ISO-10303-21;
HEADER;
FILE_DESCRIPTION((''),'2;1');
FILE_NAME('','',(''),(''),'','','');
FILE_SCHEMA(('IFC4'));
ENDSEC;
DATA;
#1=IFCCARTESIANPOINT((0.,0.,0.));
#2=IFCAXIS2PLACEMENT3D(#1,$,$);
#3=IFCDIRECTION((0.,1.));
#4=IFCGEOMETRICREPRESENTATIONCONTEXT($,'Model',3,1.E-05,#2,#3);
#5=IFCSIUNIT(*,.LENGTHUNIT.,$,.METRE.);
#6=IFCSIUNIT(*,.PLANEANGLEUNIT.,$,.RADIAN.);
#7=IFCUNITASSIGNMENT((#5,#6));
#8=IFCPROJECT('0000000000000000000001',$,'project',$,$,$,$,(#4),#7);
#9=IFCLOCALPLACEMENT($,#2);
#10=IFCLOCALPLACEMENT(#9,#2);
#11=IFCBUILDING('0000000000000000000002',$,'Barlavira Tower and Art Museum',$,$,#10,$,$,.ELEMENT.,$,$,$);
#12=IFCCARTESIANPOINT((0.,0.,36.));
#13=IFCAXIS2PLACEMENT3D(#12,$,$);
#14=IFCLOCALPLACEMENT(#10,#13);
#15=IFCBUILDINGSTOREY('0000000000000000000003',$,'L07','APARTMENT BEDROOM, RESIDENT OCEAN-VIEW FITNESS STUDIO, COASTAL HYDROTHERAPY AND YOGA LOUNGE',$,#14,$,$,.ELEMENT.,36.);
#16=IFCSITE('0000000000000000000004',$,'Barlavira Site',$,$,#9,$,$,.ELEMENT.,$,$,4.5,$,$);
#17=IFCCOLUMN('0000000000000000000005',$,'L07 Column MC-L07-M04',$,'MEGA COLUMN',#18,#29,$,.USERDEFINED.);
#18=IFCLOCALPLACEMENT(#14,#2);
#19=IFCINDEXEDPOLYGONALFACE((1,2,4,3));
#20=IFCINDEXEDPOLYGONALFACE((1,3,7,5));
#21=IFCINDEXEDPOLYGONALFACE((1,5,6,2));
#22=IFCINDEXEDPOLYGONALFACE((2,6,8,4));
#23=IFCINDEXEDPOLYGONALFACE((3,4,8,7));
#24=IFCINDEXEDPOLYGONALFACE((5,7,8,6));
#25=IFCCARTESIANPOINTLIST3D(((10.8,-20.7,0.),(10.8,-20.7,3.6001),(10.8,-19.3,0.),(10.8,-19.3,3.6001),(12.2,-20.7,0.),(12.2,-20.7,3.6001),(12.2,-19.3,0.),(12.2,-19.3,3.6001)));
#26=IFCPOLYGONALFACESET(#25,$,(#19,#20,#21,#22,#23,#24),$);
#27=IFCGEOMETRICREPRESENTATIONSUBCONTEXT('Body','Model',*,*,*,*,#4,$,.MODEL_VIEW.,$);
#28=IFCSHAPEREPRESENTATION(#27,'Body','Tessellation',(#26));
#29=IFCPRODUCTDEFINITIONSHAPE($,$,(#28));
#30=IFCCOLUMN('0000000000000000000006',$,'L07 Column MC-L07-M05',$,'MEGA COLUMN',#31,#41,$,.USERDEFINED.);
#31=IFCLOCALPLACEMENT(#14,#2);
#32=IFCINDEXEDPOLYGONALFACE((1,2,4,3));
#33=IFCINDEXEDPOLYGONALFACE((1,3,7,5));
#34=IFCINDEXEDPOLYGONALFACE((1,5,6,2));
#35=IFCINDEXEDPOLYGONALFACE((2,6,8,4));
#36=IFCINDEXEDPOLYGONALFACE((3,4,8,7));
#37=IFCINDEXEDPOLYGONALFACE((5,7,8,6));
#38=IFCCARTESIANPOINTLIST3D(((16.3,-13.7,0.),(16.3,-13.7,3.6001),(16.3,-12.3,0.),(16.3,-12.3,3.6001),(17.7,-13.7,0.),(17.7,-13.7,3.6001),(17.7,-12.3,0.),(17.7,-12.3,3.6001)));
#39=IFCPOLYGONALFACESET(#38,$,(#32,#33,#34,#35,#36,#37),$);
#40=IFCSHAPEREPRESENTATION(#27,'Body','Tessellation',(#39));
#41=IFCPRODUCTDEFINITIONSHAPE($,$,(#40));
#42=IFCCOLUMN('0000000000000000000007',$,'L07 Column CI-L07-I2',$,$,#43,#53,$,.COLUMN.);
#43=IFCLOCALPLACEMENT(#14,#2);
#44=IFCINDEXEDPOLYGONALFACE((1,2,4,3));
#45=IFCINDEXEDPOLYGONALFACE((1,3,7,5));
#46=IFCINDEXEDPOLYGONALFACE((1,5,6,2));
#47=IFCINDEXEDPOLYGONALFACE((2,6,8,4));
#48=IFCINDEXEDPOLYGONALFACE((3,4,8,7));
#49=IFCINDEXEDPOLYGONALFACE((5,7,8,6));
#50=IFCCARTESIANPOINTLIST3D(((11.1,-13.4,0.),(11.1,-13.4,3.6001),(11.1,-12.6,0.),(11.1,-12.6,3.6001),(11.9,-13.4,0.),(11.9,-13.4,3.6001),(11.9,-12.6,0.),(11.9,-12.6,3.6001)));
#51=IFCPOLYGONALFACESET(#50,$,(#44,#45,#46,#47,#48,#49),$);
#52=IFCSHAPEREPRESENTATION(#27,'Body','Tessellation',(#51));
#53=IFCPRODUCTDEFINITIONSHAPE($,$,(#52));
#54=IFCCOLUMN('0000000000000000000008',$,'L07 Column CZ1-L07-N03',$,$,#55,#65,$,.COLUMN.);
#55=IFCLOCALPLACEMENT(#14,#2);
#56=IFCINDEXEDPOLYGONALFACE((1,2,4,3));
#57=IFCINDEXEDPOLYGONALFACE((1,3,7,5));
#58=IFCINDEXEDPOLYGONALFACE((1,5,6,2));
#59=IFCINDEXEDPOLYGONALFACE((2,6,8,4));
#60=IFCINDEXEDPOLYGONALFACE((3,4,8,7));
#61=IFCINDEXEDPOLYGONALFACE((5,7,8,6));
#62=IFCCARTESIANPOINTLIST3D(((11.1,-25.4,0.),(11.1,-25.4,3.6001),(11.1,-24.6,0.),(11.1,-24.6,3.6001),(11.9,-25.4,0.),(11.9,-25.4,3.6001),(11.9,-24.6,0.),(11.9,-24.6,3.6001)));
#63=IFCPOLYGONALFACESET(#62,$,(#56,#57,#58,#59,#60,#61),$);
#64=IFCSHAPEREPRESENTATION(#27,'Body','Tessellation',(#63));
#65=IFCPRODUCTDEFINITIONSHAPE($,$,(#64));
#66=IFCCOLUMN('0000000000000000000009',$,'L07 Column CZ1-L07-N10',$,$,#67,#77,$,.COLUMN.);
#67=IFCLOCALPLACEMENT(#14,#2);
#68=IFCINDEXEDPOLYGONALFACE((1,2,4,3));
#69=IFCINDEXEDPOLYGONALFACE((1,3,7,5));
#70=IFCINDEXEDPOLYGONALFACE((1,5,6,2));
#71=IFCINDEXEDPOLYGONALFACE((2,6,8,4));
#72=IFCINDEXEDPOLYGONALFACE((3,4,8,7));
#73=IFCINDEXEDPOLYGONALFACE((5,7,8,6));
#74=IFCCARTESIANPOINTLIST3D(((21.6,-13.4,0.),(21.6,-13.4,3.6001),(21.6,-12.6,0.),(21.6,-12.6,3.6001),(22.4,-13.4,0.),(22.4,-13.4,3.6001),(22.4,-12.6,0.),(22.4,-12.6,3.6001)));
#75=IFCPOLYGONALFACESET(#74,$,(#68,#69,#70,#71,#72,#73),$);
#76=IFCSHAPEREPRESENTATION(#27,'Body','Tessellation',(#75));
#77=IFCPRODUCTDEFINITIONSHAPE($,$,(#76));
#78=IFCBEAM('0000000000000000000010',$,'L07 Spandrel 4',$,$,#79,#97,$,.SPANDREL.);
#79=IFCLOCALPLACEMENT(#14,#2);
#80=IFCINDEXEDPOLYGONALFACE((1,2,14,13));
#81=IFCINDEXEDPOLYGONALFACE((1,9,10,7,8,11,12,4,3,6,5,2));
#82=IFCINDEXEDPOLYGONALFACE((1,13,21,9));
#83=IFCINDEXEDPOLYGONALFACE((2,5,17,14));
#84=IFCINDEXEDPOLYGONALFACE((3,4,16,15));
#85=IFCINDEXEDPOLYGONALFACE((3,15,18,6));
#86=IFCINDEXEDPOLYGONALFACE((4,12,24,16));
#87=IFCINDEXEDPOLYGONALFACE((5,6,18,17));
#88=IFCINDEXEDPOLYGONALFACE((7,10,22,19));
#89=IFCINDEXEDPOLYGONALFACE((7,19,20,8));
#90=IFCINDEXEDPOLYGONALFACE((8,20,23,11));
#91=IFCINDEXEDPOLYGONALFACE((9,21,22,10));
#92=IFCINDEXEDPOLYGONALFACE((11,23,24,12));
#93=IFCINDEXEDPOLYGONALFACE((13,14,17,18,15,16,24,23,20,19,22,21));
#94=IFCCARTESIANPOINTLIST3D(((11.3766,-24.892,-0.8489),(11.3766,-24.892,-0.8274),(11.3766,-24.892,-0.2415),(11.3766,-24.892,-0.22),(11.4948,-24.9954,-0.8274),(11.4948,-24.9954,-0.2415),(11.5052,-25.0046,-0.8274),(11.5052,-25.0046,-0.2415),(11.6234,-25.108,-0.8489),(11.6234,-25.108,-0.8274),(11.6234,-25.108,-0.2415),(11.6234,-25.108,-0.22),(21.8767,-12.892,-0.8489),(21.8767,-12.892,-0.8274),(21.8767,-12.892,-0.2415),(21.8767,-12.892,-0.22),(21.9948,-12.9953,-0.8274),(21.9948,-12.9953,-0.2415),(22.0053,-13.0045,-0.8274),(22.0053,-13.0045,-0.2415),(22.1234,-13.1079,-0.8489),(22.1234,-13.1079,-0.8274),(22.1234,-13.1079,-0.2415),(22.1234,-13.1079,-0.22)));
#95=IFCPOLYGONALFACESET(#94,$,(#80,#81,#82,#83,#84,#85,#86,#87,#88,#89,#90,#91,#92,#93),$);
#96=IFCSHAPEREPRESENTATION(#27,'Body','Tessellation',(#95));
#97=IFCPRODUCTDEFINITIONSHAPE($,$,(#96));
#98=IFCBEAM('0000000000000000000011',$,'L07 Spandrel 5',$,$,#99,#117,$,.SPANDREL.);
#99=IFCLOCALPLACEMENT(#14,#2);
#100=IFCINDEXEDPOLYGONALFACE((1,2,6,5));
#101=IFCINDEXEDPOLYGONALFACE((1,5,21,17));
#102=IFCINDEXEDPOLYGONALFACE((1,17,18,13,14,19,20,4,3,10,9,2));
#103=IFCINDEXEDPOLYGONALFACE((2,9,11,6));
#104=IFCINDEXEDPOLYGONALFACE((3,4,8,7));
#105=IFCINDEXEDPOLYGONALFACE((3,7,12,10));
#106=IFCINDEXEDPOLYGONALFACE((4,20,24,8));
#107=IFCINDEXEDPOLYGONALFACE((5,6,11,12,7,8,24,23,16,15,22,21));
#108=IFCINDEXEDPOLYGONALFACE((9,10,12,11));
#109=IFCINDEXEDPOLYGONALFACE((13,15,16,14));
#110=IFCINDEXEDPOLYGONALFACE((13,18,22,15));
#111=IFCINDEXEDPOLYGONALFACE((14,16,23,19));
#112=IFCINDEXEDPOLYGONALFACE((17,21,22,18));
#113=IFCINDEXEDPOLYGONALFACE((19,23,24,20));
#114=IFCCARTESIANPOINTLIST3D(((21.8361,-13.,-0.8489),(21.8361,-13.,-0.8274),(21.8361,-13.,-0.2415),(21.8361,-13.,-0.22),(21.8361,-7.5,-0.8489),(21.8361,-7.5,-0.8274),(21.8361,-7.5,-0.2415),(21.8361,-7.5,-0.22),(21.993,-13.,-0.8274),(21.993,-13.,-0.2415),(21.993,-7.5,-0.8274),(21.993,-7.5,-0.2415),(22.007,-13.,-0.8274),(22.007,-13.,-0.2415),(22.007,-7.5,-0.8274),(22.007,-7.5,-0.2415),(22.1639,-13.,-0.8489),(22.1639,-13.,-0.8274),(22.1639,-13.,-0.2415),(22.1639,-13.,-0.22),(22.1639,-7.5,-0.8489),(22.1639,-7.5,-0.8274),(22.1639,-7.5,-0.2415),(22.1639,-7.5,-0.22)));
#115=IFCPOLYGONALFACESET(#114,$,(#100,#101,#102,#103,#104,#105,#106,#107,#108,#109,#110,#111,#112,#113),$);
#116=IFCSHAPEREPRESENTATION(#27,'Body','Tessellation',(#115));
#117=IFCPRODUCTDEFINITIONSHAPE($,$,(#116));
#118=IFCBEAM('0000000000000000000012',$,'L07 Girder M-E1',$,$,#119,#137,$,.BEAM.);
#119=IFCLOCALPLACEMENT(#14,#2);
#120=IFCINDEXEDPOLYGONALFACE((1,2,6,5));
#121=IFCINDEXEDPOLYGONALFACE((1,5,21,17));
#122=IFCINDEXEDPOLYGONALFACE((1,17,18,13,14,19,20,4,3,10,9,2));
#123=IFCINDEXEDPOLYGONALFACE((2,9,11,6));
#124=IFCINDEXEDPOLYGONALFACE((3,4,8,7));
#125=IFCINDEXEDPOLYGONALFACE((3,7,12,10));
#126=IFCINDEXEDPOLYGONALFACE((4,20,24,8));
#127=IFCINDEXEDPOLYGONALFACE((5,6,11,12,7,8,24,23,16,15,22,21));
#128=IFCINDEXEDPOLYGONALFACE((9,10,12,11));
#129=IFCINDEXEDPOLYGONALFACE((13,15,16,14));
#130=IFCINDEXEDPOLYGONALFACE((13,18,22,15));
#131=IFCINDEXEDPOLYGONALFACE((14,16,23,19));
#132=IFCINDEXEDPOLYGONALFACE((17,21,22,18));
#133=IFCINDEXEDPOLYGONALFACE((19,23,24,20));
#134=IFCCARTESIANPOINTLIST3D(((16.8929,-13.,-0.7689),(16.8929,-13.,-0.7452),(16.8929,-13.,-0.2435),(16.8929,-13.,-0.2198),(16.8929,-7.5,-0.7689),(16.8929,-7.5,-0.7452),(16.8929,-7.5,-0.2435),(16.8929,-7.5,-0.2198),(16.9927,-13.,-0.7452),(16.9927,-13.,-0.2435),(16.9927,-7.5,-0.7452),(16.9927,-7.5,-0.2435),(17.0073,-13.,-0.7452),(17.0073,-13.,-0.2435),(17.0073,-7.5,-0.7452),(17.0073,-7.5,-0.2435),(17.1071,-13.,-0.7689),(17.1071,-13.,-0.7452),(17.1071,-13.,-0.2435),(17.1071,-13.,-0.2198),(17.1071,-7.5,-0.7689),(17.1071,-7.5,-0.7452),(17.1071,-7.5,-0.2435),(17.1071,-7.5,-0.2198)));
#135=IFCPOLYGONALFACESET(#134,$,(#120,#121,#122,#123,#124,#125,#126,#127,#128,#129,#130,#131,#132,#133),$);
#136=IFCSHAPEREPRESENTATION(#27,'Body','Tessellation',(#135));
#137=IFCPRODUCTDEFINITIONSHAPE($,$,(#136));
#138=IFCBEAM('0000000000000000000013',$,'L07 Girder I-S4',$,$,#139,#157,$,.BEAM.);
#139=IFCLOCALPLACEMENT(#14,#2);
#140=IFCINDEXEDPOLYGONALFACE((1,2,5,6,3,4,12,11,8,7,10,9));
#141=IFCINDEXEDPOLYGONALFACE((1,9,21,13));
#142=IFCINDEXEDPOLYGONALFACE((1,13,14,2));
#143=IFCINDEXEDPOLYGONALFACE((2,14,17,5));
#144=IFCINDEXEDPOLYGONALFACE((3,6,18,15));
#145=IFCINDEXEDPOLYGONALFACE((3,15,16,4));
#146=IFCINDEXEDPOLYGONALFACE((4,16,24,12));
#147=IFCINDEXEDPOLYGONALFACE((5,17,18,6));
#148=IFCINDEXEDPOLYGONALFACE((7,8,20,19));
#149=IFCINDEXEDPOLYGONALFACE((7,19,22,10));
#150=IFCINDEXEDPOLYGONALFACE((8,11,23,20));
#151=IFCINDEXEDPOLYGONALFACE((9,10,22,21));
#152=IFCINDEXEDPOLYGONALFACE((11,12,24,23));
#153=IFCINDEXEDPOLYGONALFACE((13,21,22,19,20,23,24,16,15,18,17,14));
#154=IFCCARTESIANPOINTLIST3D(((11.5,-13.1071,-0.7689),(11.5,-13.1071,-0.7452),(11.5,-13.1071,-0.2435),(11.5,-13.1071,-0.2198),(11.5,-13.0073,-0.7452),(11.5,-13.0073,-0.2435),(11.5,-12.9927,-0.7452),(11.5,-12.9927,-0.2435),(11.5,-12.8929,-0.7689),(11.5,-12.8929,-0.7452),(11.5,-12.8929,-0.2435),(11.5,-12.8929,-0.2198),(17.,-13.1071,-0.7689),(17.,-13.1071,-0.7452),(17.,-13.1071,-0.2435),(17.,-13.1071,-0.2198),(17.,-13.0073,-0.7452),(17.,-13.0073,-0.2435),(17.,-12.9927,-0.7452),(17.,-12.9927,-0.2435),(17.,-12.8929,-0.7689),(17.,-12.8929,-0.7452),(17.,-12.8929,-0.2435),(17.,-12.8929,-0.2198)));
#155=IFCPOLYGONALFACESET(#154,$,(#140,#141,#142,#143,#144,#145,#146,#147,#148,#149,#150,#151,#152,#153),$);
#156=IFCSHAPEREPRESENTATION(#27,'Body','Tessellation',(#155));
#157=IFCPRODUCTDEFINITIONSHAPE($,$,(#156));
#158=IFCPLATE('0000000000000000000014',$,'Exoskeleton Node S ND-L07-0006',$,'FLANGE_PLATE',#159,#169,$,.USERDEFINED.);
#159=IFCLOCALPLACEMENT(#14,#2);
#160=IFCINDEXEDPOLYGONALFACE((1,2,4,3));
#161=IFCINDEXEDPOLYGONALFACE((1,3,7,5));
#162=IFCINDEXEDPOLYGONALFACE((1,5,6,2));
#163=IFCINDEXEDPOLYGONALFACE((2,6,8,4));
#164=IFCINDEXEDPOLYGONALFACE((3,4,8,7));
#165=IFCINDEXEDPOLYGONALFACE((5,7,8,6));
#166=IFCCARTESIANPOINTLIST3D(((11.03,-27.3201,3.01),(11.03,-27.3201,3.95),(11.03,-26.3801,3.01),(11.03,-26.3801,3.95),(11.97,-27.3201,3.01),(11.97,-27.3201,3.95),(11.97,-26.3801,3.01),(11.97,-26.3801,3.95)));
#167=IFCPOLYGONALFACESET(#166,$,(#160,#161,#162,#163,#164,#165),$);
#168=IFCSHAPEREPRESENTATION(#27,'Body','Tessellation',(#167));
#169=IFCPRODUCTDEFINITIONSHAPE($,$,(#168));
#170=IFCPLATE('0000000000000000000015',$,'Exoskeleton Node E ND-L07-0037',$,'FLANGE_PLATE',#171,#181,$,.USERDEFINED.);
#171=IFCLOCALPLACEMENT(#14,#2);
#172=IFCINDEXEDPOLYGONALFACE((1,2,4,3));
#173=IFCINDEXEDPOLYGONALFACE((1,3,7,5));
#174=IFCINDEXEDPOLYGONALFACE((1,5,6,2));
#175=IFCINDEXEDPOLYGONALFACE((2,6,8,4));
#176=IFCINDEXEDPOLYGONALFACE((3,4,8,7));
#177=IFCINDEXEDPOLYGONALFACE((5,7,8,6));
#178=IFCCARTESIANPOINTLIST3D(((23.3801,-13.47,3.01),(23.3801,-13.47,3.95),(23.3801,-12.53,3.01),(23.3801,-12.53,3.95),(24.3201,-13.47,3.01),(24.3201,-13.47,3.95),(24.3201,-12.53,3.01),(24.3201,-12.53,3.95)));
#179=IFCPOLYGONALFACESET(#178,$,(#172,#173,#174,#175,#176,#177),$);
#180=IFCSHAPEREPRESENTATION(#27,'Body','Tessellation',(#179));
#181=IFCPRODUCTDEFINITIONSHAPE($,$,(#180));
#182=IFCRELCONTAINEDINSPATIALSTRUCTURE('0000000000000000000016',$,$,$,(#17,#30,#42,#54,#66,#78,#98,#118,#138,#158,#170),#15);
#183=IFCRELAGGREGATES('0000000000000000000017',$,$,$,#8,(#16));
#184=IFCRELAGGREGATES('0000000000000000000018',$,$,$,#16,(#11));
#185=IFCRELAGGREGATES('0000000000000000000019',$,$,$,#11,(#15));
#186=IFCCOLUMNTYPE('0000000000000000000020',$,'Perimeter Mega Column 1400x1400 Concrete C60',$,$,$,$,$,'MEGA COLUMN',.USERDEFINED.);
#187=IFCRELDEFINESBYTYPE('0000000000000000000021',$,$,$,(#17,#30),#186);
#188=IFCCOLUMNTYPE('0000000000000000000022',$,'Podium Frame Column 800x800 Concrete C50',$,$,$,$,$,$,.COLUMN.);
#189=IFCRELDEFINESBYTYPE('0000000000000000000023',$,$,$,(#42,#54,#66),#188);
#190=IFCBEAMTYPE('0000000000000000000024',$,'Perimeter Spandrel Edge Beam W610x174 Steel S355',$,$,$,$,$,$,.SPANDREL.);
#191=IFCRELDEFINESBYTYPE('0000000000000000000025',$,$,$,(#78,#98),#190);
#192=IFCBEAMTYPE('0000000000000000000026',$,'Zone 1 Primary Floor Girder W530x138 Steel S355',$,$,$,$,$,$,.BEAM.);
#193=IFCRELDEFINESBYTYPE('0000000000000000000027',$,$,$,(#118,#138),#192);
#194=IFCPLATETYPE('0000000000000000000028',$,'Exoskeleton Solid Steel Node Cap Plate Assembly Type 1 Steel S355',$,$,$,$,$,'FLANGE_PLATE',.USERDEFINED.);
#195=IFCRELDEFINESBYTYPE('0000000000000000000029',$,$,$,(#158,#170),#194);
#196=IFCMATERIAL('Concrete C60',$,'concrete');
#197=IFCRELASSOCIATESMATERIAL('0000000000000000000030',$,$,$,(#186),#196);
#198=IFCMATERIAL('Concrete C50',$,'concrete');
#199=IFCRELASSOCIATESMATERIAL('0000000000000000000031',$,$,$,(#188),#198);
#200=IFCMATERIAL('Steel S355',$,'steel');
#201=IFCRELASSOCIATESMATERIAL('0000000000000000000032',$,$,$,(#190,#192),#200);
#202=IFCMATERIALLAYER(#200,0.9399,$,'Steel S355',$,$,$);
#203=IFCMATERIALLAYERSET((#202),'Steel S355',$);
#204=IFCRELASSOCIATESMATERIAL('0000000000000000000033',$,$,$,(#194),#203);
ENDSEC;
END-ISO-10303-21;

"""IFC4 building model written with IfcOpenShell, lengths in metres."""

from ifc_helpers import new_model, si_unit, direction, frame, origin, origin_2d, place, context, subcontext, project, spatial, rectangle, i_section, extrude, material, layer, layer_set, material_profile, profile_set, type_object, element, save


model = new_model("IFC4")

# Units and contexts
model_context = context("Model", 3, precision=1e-05, world=origin(), true_north=direction((0.0, 1.0)))
body_context = subcontext(model_context, "Body", "Model", "MODEL_VIEW")
ifc_project = project(units=[si_unit("LENGTHUNIT", "METRE"), si_unit("PLANEANGLEUNIT", "RADIAN")], contexts=[model_context])

# Site, building, storey
site_placement = place(None, origin())
site = spatial("IfcSite", under=ifc_project, at=site_placement, Name="Barlavira Site", CompositionType="ELEMENT", RefElevation=4.5)
building_placement = place(site_placement, origin())
building = spatial("IfcBuilding", under=site, at=building_placement, Name="Barlavira Tower and Art Museum", CompositionType="ELEMENT")
storey_placement = place(building_placement, frame((0.0, 0.0, 36.0)))
storey = spatial("IfcBuildingStorey", under=building, at=storey_placement, Name="L07", Description="APARTMENT BEDROOM, RESIDENT OCEAN-VIEW FITNESS STUDIO, COASTAL HYDROTHERAPY AND YOGA LOUNGE", CompositionType="ELEMENT", Elevation=36.0)

# Columns
ifc_material_1 = material(Name="Concrete C60", Category="concrete")
ifc_material_profile_1 = material_profile(ifc_material_1, rectangle(XDim=1.3999, YDim=1.3999, at=origin_2d()), Name="RC-MCOL 1400x1400")
ifc_profile_set_1 = profile_set([ifc_material_profile_1], Name="Concrete C60")
column_type_1 = type_object("IfcColumnType", Name="Perimeter Mega Column 1400x1400 Concrete C60", ElementType="MEGA COLUMN", PredefinedType="USERDEFINED", material=ifc_profile_set_1)
for number, where, z_axis, x_axis, name in (
    (1, (11.5, -20.0, 0.0), (0.0, 0.0, 1.0), (1.0, 0.0, 0.0), "L07 Column MC-L07-M04"),
    (2, (17.0, -13.0, 0.0), (0.0, 0.0, 1.0), (1.0, 0.0, 0.0), "L07 Column MC-L07-M05"),
):
    element("IfcColumn", number, at=place(storey_placement, frame(where, z_axis=z_axis, x_axis=x_axis)), inside=storey, type_object=column_type_1, Name=name, ObjectType="MEGA COLUMN", PredefinedType="USERDEFINED", context=body_context, shape_type="SweptSolid", body=[
        extrude(rectangle(XDim=1.3999, YDim=1.3999, at=origin_2d()), origin(), (0.0, 0.0, 1.0), 3.6001),
    ])
ifc_material_2 = material(Name="Concrete C50", Category="concrete")
ifc_material_profile_2 = material_profile(ifc_material_2, rectangle(XDim=0.8, YDim=0.8, at=origin_2d()), Name="RC-COL 800x800")
ifc_profile_set_2 = profile_set([ifc_material_profile_2], Name="Concrete C50")
column_type_2 = type_object("IfcColumnType", Name="Podium Frame Column 800x800 Concrete C50", PredefinedType="COLUMN", material=ifc_profile_set_2)
for number, where, z_axis, x_axis, name in (
    (3, (11.5, -13.0, 0.0), (0.0, 0.0, 1.0), (1.0, 0.0, 0.0), "L07 Column CI-L07-I2"),
    (4, (11.5, -25.0, 0.0), (0.0, 0.0, 1.0), (1.0, 0.0, 0.0), "L07 Column CZ1-L07-N03"),
    (5, (22.0, -13.0, 0.0), (0.0, 0.0, 1.0), (1.0, 0.0, 0.0), "L07 Column CZ1-L07-N10"),
):
    element("IfcColumn", number, at=place(storey_placement, frame(where, z_axis=z_axis, x_axis=x_axis)), inside=storey, type_object=column_type_2, Name=name, PredefinedType="COLUMN", context=body_context, shape_type="SweptSolid", body=[
        extrude(rectangle(XDim=0.8, YDim=0.8, at=origin_2d()), origin(), (0.0, 0.0, 1.0), 3.6001),
    ])

# Beams
ifc_material_3 = material(Name="Steel S355", Category="steel")
ifc_material_profile_3 = material_profile(ifc_material_3, i_section(OverallWidth=0.3279, OverallDepth=0.6289, WebThickness=0.0139, FlangeThickness=0.0215, at=origin_2d()), Name="W610x174.0")
ifc_profile_set_3 = profile_set([ifc_material_profile_3], Name="Steel S355")
beam_type_1 = type_object("IfcBeamType", Name="Perimeter Spandrel Edge Beam W610x174 Steel S355", PredefinedType="SPANDREL", material=ifc_profile_set_3)
beam_1_placement = place(storey_placement, frame((11.5, -25.0, -0.5344), z_axis=(0.658505, 0.752577, 0.0), x_axis=(-0.752577, 0.658505, 0.0)))
element("IfcBeam", 6, at=beam_1_placement, inside=storey, type_object=beam_type_1, Name="L07 Spandrel 4", PredefinedType="SPANDREL", context=body_context, shape_type="SweptSolid", body=[
    extrude(i_section(OverallWidth=0.3279, OverallDepth=0.6289, WebThickness=0.0139, FlangeThickness=0.0215, at=origin_2d()), origin(), (0.0, 0.0, 1.0), 15.9453),
])
beam_2_placement = place(storey_placement, frame((22.0, -13.0, -0.5344), z_axis=(0.0, 1.0, 0.0), x_axis=(-1.0, 0.0, 0.0)))
element("IfcBeam", 7, at=beam_2_placement, inside=storey, type_object=beam_type_1, Name="L07 Spandrel 5", PredefinedType="SPANDREL", context=body_context, shape_type="SweptSolid", body=[
    extrude(i_section(OverallWidth=0.3279, OverallDepth=0.6289, WebThickness=0.0139, FlangeThickness=0.0215, at=origin_2d()), origin(), (0.0, 0.0, 1.0), 5.5),
])
ifc_material_profile_4 = material_profile(ifc_material_3, i_section(OverallWidth=0.2141, OverallDepth=0.5491, WebThickness=0.0146, FlangeThickness=0.0237, at=origin_2d()), Name="W530x138.0")
ifc_profile_set_4 = profile_set([ifc_material_profile_4], Name="Steel S355")
beam_type_2 = type_object("IfcBeamType", Name="Zone 1 Primary Floor Girder W530x138 Steel S355", PredefinedType="BEAM", material=ifc_profile_set_4)
for number, where, z_axis, x_axis, name in (
    (8, (17.0, -13.0, -0.4944), (0.0, 1.0, 0.0), (-1.0, 0.0, 0.0), "L07 Girder M-E1"),
    (9, (11.5, -13.0, -0.4944), (1.0, 0.0, 0.0), (0.0, 1.0, 0.0), "L07 Girder I-S4"),
):
    element("IfcBeam", number, at=place(storey_placement, frame(where, z_axis=z_axis, x_axis=x_axis)), inside=storey, type_object=beam_type_2, Name=name, PredefinedType="BEAM", context=body_context, shape_type="SweptSolid", body=[
        extrude(i_section(OverallWidth=0.2141, OverallDepth=0.5491, WebThickness=0.0146, FlangeThickness=0.0237, at=origin_2d()), origin(), (0.0, 0.0, 1.0), 5.5),
    ])

# Plates
ifc_layer_1 = layer(ifc_material_3, 0.9399, Name="Steel S355")
ifc_layer_set_1 = layer_set([ifc_layer_1], Name="Steel S355")
plate_type = type_object("IfcPlateType", Name="Exoskeleton Solid Steel Node Cap Plate Assembly Type 1 Steel S355", ElementType="FLANGE_PLATE", PredefinedType="USERDEFINED", material=ifc_layer_set_1)
for number, where, z_axis, x_axis, name in (
    (10, (11.5, -26.8501, 3.01), (0.0, 0.0, 1.0), (1.0, 0.0, 0.0), "Exoskeleton Node S ND-L07-0006"),
    (11, (23.8501, -13.0, 3.01), (0.0, 0.0, 1.0), (1.0, 0.0, 0.0), "Exoskeleton Node E ND-L07-0037"),
):
    element("IfcPlate", number, at=place(storey_placement, frame(where, z_axis=z_axis, x_axis=x_axis)), inside=storey, type_object=plate_type, Name=name, ObjectType="FLANGE_PLATE", PredefinedType="USERDEFINED", context=body_context, shape_type="SweptSolid", body=[
        extrude(rectangle(XDim=0.9399, YDim=0.9399, at=origin_2d()), origin(), (0.0, 0.0, 1.0), 0.9399),
    ])

save(model, "model.ifc")
